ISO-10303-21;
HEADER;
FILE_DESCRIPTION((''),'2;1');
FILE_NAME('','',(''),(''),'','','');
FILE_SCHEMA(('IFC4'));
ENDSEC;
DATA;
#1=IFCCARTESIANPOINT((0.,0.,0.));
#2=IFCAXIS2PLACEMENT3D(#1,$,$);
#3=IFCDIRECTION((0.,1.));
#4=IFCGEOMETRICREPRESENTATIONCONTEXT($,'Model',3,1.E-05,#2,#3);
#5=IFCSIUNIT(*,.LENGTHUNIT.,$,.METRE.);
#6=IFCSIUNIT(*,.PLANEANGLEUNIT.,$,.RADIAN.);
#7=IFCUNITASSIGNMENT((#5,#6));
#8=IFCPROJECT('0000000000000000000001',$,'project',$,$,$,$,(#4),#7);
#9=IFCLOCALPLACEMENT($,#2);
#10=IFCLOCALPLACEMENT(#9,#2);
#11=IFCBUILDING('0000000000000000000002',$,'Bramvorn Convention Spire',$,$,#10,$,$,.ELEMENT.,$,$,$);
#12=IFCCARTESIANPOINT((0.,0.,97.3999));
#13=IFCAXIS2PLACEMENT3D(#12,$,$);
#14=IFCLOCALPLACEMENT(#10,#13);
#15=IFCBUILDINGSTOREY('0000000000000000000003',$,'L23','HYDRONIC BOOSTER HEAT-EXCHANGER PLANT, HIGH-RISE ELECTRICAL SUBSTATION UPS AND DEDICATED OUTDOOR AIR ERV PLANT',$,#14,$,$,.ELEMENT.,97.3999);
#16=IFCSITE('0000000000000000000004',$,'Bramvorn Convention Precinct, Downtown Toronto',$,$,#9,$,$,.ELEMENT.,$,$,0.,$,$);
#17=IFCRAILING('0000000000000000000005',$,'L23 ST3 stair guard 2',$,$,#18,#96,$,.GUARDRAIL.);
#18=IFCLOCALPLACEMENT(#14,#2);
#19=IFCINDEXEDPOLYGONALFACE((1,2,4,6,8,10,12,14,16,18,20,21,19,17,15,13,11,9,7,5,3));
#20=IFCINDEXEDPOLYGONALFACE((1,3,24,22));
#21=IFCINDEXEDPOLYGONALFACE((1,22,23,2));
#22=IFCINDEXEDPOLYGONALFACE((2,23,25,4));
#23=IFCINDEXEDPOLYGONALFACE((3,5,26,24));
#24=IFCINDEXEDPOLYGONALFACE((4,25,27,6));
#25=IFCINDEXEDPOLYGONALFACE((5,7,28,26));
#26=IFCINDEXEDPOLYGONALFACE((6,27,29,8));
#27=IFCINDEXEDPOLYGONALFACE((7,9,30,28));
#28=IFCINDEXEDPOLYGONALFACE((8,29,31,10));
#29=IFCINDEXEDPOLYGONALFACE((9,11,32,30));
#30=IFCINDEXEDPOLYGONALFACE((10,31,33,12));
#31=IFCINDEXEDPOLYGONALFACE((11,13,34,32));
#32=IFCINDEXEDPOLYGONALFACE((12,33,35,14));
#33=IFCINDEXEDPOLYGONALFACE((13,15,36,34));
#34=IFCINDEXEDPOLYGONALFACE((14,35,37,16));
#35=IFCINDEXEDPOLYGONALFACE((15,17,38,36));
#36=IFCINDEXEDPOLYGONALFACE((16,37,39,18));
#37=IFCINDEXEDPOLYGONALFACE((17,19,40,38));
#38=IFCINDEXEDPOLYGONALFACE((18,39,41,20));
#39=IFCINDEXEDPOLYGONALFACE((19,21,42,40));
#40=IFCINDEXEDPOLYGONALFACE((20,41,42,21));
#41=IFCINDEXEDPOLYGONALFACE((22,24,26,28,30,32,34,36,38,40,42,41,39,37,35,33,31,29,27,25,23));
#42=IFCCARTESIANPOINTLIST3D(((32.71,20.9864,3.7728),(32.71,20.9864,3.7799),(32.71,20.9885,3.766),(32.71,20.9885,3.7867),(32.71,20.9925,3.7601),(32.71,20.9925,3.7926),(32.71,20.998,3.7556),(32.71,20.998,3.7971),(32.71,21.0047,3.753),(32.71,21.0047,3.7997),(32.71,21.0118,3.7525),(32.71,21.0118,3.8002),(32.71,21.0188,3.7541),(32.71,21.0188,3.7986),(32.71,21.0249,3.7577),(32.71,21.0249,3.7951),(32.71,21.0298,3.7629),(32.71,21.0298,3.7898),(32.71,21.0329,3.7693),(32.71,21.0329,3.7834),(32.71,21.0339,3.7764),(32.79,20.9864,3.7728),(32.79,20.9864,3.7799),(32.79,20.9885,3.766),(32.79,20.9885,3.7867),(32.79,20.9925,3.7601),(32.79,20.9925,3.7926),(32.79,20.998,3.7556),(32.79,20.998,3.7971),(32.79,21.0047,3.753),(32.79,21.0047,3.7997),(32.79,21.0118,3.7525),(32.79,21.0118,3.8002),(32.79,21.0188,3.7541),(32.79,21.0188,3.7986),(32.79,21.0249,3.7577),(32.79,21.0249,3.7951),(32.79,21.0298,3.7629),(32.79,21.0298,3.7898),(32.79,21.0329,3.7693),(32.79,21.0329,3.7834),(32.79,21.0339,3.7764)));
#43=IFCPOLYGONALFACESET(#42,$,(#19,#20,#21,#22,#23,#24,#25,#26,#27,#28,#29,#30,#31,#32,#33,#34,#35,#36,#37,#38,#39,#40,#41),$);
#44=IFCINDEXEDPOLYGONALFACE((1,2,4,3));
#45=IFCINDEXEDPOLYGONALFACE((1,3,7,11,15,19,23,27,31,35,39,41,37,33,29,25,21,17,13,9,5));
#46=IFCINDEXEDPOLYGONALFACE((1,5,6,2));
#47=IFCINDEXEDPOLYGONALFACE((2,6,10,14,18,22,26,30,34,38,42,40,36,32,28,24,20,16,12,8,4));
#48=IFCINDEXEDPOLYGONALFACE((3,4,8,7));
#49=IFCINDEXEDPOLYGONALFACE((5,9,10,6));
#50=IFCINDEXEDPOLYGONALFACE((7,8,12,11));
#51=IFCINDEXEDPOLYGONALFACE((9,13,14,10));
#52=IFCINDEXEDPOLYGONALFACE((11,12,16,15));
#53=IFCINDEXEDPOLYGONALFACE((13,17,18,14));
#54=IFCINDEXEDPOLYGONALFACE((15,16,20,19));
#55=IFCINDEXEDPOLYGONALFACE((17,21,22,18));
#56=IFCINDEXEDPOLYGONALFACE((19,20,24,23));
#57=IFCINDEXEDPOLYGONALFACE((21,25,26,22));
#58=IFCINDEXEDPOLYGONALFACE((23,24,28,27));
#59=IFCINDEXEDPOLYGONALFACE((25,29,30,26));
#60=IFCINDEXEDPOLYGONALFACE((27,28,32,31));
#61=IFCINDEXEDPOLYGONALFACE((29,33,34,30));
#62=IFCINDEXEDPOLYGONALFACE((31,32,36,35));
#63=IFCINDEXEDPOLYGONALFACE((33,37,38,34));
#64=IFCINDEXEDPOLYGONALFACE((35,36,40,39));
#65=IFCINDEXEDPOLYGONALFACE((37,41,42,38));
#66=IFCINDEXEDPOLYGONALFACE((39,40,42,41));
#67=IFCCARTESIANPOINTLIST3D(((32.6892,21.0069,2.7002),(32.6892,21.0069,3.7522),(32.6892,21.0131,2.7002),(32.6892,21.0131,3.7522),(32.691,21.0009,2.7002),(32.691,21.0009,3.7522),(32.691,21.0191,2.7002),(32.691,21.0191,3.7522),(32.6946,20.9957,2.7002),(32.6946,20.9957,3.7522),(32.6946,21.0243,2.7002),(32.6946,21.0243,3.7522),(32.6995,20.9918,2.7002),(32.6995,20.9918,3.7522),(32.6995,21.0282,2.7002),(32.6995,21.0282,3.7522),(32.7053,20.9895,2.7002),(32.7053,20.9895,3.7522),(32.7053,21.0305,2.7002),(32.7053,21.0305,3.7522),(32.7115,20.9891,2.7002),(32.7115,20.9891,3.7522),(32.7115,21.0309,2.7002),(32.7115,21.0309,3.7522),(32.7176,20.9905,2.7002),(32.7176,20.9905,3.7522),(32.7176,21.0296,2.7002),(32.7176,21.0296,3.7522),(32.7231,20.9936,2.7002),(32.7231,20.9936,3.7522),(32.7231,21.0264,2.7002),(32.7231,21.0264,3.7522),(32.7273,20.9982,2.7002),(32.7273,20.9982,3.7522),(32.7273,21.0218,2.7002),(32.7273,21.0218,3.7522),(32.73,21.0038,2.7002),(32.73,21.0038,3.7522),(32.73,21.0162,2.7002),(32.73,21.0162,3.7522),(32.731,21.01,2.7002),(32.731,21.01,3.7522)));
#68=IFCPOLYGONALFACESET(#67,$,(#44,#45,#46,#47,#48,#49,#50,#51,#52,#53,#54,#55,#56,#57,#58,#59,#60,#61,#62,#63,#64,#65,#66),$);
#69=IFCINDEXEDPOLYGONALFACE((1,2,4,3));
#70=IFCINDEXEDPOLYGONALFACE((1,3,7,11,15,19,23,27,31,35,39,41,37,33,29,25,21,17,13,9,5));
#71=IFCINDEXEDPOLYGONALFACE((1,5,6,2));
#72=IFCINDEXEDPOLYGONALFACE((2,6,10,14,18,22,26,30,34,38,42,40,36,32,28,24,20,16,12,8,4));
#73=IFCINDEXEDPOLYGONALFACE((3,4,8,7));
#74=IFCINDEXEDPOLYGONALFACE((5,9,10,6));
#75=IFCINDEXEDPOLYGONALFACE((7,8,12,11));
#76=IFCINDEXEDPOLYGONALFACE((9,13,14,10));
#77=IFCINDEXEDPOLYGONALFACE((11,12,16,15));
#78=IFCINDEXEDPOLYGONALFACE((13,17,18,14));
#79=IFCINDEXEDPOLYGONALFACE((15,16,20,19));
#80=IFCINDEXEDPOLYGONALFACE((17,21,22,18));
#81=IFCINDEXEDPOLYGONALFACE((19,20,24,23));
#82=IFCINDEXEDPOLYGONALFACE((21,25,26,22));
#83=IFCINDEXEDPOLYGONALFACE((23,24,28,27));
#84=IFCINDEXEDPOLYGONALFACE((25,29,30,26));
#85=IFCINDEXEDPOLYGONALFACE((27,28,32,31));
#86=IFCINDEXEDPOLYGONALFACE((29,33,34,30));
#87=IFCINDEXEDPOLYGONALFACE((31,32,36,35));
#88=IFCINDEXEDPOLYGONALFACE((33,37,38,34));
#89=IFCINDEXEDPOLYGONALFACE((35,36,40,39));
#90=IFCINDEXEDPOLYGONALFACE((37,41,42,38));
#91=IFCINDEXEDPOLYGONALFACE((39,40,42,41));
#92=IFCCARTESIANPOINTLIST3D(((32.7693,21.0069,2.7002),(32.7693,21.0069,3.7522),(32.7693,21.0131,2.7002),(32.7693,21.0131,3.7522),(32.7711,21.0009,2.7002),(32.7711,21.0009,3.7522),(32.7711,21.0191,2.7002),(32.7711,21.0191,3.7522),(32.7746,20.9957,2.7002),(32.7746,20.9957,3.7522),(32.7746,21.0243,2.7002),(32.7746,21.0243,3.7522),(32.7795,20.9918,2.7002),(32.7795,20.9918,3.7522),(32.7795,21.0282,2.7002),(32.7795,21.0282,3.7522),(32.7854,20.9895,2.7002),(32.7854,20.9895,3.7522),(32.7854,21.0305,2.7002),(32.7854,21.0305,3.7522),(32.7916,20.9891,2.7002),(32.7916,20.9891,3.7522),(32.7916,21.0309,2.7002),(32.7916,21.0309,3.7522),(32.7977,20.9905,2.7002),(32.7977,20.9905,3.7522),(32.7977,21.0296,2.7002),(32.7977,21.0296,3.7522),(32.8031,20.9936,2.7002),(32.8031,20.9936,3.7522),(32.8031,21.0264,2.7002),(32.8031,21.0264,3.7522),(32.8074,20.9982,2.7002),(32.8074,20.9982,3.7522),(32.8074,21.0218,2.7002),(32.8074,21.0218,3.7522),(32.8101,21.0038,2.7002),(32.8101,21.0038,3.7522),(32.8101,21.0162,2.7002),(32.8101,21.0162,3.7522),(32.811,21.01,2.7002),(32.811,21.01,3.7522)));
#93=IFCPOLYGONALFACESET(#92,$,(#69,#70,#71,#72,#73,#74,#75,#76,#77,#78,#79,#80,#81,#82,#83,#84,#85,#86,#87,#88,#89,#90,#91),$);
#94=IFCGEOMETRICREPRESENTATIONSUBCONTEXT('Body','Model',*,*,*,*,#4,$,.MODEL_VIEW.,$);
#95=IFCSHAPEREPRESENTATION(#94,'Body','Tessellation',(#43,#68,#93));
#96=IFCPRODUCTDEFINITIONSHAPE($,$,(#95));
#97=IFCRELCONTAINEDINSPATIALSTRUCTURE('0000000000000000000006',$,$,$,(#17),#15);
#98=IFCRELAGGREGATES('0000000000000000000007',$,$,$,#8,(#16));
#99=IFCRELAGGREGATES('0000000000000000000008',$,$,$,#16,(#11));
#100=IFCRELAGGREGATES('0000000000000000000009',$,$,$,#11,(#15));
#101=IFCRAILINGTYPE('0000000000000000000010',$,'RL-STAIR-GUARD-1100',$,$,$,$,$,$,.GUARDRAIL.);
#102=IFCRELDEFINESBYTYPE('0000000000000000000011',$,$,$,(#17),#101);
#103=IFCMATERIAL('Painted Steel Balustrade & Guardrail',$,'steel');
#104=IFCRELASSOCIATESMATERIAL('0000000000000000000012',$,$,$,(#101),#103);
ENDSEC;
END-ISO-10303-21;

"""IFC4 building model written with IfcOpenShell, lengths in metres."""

from ifc_helpers import new_model, si_unit, direction, frame, origin, origin_2d, place, context, subcontext, project, spatial, circle, extrude, material, type_object, element, save


model = new_model("IFC4")

# Units and contexts
model_context = context("Model", 3, precision=1e-05, world=origin(), true_north=direction((0.0, 1.0)))
body_context = subcontext(model_context, "Body", "Model", "MODEL_VIEW")
ifc_project = project(units=[si_unit("LENGTHUNIT", "METRE"), si_unit("PLANEANGLEUNIT", "RADIAN")], contexts=[model_context])

# Site, building, storey
site_placement = place(None, origin())
site = spatial("IfcSite", under=ifc_project, at=site_placement, Name="Bramvorn Convention Precinct, Downtown Toronto", CompositionType="ELEMENT", RefElevation=0.0)
building_placement = place(site_placement, origin())
building = spatial("IfcBuilding", under=site, at=building_placement, Name="Bramvorn Convention Spire", CompositionType="ELEMENT")
storey_placement = place(building_placement, frame((0.0, 0.0, 97.3999)))
storey = spatial("IfcBuildingStorey", under=building, at=storey_placement, Name="L23", Description="HYDRONIC BOOSTER HEAT-EXCHANGER PLANT, HIGH-RISE ELECTRICAL SUBSTATION UPS AND DEDICATED OUTDOOR AIR ERV PLANT", CompositionType="ELEMENT", Elevation=97.3999)

# Railing
ifc_material_1 = material(Name="Painted Steel Balustrade & Guardrail", Category="steel")
railing_type = type_object("IfcRailingType", Name="RL-STAIR-GUARD-1100", PredefinedType="GUARDRAIL", material=ifc_material_1)
railing_1_placement = place(storey_placement, frame((32.71, 21.01, 2.7002)))
element("IfcRailing", 1, at=railing_1_placement, inside=storey, type_object=railing_type, Name="L23 ST3 stair guard 2", PredefinedType="GUARDRAIL", context=body_context, shape_type="SweptSolid", body=[
    extrude(circle(Radius=0.0239, at=origin_2d()), frame((0.0, 0.0, 1.0762), z_axis=(1.0, 0.0, 0.0), x_axis=(0.0, 1.0, 0.0)), (0.0, 0.0, 1.0), 0.0801),
    extrude(circle(Radius=0.021, at=origin_2d()), origin(), (0.0, 0.0, 1.0), 1.052),
    extrude(circle(Radius=0.021, at=origin_2d()), frame((0.0801, 0.0, 0.0)), (0.0, 0.0, 1.0), 1.052),
])

save(model, "model.ifc")
